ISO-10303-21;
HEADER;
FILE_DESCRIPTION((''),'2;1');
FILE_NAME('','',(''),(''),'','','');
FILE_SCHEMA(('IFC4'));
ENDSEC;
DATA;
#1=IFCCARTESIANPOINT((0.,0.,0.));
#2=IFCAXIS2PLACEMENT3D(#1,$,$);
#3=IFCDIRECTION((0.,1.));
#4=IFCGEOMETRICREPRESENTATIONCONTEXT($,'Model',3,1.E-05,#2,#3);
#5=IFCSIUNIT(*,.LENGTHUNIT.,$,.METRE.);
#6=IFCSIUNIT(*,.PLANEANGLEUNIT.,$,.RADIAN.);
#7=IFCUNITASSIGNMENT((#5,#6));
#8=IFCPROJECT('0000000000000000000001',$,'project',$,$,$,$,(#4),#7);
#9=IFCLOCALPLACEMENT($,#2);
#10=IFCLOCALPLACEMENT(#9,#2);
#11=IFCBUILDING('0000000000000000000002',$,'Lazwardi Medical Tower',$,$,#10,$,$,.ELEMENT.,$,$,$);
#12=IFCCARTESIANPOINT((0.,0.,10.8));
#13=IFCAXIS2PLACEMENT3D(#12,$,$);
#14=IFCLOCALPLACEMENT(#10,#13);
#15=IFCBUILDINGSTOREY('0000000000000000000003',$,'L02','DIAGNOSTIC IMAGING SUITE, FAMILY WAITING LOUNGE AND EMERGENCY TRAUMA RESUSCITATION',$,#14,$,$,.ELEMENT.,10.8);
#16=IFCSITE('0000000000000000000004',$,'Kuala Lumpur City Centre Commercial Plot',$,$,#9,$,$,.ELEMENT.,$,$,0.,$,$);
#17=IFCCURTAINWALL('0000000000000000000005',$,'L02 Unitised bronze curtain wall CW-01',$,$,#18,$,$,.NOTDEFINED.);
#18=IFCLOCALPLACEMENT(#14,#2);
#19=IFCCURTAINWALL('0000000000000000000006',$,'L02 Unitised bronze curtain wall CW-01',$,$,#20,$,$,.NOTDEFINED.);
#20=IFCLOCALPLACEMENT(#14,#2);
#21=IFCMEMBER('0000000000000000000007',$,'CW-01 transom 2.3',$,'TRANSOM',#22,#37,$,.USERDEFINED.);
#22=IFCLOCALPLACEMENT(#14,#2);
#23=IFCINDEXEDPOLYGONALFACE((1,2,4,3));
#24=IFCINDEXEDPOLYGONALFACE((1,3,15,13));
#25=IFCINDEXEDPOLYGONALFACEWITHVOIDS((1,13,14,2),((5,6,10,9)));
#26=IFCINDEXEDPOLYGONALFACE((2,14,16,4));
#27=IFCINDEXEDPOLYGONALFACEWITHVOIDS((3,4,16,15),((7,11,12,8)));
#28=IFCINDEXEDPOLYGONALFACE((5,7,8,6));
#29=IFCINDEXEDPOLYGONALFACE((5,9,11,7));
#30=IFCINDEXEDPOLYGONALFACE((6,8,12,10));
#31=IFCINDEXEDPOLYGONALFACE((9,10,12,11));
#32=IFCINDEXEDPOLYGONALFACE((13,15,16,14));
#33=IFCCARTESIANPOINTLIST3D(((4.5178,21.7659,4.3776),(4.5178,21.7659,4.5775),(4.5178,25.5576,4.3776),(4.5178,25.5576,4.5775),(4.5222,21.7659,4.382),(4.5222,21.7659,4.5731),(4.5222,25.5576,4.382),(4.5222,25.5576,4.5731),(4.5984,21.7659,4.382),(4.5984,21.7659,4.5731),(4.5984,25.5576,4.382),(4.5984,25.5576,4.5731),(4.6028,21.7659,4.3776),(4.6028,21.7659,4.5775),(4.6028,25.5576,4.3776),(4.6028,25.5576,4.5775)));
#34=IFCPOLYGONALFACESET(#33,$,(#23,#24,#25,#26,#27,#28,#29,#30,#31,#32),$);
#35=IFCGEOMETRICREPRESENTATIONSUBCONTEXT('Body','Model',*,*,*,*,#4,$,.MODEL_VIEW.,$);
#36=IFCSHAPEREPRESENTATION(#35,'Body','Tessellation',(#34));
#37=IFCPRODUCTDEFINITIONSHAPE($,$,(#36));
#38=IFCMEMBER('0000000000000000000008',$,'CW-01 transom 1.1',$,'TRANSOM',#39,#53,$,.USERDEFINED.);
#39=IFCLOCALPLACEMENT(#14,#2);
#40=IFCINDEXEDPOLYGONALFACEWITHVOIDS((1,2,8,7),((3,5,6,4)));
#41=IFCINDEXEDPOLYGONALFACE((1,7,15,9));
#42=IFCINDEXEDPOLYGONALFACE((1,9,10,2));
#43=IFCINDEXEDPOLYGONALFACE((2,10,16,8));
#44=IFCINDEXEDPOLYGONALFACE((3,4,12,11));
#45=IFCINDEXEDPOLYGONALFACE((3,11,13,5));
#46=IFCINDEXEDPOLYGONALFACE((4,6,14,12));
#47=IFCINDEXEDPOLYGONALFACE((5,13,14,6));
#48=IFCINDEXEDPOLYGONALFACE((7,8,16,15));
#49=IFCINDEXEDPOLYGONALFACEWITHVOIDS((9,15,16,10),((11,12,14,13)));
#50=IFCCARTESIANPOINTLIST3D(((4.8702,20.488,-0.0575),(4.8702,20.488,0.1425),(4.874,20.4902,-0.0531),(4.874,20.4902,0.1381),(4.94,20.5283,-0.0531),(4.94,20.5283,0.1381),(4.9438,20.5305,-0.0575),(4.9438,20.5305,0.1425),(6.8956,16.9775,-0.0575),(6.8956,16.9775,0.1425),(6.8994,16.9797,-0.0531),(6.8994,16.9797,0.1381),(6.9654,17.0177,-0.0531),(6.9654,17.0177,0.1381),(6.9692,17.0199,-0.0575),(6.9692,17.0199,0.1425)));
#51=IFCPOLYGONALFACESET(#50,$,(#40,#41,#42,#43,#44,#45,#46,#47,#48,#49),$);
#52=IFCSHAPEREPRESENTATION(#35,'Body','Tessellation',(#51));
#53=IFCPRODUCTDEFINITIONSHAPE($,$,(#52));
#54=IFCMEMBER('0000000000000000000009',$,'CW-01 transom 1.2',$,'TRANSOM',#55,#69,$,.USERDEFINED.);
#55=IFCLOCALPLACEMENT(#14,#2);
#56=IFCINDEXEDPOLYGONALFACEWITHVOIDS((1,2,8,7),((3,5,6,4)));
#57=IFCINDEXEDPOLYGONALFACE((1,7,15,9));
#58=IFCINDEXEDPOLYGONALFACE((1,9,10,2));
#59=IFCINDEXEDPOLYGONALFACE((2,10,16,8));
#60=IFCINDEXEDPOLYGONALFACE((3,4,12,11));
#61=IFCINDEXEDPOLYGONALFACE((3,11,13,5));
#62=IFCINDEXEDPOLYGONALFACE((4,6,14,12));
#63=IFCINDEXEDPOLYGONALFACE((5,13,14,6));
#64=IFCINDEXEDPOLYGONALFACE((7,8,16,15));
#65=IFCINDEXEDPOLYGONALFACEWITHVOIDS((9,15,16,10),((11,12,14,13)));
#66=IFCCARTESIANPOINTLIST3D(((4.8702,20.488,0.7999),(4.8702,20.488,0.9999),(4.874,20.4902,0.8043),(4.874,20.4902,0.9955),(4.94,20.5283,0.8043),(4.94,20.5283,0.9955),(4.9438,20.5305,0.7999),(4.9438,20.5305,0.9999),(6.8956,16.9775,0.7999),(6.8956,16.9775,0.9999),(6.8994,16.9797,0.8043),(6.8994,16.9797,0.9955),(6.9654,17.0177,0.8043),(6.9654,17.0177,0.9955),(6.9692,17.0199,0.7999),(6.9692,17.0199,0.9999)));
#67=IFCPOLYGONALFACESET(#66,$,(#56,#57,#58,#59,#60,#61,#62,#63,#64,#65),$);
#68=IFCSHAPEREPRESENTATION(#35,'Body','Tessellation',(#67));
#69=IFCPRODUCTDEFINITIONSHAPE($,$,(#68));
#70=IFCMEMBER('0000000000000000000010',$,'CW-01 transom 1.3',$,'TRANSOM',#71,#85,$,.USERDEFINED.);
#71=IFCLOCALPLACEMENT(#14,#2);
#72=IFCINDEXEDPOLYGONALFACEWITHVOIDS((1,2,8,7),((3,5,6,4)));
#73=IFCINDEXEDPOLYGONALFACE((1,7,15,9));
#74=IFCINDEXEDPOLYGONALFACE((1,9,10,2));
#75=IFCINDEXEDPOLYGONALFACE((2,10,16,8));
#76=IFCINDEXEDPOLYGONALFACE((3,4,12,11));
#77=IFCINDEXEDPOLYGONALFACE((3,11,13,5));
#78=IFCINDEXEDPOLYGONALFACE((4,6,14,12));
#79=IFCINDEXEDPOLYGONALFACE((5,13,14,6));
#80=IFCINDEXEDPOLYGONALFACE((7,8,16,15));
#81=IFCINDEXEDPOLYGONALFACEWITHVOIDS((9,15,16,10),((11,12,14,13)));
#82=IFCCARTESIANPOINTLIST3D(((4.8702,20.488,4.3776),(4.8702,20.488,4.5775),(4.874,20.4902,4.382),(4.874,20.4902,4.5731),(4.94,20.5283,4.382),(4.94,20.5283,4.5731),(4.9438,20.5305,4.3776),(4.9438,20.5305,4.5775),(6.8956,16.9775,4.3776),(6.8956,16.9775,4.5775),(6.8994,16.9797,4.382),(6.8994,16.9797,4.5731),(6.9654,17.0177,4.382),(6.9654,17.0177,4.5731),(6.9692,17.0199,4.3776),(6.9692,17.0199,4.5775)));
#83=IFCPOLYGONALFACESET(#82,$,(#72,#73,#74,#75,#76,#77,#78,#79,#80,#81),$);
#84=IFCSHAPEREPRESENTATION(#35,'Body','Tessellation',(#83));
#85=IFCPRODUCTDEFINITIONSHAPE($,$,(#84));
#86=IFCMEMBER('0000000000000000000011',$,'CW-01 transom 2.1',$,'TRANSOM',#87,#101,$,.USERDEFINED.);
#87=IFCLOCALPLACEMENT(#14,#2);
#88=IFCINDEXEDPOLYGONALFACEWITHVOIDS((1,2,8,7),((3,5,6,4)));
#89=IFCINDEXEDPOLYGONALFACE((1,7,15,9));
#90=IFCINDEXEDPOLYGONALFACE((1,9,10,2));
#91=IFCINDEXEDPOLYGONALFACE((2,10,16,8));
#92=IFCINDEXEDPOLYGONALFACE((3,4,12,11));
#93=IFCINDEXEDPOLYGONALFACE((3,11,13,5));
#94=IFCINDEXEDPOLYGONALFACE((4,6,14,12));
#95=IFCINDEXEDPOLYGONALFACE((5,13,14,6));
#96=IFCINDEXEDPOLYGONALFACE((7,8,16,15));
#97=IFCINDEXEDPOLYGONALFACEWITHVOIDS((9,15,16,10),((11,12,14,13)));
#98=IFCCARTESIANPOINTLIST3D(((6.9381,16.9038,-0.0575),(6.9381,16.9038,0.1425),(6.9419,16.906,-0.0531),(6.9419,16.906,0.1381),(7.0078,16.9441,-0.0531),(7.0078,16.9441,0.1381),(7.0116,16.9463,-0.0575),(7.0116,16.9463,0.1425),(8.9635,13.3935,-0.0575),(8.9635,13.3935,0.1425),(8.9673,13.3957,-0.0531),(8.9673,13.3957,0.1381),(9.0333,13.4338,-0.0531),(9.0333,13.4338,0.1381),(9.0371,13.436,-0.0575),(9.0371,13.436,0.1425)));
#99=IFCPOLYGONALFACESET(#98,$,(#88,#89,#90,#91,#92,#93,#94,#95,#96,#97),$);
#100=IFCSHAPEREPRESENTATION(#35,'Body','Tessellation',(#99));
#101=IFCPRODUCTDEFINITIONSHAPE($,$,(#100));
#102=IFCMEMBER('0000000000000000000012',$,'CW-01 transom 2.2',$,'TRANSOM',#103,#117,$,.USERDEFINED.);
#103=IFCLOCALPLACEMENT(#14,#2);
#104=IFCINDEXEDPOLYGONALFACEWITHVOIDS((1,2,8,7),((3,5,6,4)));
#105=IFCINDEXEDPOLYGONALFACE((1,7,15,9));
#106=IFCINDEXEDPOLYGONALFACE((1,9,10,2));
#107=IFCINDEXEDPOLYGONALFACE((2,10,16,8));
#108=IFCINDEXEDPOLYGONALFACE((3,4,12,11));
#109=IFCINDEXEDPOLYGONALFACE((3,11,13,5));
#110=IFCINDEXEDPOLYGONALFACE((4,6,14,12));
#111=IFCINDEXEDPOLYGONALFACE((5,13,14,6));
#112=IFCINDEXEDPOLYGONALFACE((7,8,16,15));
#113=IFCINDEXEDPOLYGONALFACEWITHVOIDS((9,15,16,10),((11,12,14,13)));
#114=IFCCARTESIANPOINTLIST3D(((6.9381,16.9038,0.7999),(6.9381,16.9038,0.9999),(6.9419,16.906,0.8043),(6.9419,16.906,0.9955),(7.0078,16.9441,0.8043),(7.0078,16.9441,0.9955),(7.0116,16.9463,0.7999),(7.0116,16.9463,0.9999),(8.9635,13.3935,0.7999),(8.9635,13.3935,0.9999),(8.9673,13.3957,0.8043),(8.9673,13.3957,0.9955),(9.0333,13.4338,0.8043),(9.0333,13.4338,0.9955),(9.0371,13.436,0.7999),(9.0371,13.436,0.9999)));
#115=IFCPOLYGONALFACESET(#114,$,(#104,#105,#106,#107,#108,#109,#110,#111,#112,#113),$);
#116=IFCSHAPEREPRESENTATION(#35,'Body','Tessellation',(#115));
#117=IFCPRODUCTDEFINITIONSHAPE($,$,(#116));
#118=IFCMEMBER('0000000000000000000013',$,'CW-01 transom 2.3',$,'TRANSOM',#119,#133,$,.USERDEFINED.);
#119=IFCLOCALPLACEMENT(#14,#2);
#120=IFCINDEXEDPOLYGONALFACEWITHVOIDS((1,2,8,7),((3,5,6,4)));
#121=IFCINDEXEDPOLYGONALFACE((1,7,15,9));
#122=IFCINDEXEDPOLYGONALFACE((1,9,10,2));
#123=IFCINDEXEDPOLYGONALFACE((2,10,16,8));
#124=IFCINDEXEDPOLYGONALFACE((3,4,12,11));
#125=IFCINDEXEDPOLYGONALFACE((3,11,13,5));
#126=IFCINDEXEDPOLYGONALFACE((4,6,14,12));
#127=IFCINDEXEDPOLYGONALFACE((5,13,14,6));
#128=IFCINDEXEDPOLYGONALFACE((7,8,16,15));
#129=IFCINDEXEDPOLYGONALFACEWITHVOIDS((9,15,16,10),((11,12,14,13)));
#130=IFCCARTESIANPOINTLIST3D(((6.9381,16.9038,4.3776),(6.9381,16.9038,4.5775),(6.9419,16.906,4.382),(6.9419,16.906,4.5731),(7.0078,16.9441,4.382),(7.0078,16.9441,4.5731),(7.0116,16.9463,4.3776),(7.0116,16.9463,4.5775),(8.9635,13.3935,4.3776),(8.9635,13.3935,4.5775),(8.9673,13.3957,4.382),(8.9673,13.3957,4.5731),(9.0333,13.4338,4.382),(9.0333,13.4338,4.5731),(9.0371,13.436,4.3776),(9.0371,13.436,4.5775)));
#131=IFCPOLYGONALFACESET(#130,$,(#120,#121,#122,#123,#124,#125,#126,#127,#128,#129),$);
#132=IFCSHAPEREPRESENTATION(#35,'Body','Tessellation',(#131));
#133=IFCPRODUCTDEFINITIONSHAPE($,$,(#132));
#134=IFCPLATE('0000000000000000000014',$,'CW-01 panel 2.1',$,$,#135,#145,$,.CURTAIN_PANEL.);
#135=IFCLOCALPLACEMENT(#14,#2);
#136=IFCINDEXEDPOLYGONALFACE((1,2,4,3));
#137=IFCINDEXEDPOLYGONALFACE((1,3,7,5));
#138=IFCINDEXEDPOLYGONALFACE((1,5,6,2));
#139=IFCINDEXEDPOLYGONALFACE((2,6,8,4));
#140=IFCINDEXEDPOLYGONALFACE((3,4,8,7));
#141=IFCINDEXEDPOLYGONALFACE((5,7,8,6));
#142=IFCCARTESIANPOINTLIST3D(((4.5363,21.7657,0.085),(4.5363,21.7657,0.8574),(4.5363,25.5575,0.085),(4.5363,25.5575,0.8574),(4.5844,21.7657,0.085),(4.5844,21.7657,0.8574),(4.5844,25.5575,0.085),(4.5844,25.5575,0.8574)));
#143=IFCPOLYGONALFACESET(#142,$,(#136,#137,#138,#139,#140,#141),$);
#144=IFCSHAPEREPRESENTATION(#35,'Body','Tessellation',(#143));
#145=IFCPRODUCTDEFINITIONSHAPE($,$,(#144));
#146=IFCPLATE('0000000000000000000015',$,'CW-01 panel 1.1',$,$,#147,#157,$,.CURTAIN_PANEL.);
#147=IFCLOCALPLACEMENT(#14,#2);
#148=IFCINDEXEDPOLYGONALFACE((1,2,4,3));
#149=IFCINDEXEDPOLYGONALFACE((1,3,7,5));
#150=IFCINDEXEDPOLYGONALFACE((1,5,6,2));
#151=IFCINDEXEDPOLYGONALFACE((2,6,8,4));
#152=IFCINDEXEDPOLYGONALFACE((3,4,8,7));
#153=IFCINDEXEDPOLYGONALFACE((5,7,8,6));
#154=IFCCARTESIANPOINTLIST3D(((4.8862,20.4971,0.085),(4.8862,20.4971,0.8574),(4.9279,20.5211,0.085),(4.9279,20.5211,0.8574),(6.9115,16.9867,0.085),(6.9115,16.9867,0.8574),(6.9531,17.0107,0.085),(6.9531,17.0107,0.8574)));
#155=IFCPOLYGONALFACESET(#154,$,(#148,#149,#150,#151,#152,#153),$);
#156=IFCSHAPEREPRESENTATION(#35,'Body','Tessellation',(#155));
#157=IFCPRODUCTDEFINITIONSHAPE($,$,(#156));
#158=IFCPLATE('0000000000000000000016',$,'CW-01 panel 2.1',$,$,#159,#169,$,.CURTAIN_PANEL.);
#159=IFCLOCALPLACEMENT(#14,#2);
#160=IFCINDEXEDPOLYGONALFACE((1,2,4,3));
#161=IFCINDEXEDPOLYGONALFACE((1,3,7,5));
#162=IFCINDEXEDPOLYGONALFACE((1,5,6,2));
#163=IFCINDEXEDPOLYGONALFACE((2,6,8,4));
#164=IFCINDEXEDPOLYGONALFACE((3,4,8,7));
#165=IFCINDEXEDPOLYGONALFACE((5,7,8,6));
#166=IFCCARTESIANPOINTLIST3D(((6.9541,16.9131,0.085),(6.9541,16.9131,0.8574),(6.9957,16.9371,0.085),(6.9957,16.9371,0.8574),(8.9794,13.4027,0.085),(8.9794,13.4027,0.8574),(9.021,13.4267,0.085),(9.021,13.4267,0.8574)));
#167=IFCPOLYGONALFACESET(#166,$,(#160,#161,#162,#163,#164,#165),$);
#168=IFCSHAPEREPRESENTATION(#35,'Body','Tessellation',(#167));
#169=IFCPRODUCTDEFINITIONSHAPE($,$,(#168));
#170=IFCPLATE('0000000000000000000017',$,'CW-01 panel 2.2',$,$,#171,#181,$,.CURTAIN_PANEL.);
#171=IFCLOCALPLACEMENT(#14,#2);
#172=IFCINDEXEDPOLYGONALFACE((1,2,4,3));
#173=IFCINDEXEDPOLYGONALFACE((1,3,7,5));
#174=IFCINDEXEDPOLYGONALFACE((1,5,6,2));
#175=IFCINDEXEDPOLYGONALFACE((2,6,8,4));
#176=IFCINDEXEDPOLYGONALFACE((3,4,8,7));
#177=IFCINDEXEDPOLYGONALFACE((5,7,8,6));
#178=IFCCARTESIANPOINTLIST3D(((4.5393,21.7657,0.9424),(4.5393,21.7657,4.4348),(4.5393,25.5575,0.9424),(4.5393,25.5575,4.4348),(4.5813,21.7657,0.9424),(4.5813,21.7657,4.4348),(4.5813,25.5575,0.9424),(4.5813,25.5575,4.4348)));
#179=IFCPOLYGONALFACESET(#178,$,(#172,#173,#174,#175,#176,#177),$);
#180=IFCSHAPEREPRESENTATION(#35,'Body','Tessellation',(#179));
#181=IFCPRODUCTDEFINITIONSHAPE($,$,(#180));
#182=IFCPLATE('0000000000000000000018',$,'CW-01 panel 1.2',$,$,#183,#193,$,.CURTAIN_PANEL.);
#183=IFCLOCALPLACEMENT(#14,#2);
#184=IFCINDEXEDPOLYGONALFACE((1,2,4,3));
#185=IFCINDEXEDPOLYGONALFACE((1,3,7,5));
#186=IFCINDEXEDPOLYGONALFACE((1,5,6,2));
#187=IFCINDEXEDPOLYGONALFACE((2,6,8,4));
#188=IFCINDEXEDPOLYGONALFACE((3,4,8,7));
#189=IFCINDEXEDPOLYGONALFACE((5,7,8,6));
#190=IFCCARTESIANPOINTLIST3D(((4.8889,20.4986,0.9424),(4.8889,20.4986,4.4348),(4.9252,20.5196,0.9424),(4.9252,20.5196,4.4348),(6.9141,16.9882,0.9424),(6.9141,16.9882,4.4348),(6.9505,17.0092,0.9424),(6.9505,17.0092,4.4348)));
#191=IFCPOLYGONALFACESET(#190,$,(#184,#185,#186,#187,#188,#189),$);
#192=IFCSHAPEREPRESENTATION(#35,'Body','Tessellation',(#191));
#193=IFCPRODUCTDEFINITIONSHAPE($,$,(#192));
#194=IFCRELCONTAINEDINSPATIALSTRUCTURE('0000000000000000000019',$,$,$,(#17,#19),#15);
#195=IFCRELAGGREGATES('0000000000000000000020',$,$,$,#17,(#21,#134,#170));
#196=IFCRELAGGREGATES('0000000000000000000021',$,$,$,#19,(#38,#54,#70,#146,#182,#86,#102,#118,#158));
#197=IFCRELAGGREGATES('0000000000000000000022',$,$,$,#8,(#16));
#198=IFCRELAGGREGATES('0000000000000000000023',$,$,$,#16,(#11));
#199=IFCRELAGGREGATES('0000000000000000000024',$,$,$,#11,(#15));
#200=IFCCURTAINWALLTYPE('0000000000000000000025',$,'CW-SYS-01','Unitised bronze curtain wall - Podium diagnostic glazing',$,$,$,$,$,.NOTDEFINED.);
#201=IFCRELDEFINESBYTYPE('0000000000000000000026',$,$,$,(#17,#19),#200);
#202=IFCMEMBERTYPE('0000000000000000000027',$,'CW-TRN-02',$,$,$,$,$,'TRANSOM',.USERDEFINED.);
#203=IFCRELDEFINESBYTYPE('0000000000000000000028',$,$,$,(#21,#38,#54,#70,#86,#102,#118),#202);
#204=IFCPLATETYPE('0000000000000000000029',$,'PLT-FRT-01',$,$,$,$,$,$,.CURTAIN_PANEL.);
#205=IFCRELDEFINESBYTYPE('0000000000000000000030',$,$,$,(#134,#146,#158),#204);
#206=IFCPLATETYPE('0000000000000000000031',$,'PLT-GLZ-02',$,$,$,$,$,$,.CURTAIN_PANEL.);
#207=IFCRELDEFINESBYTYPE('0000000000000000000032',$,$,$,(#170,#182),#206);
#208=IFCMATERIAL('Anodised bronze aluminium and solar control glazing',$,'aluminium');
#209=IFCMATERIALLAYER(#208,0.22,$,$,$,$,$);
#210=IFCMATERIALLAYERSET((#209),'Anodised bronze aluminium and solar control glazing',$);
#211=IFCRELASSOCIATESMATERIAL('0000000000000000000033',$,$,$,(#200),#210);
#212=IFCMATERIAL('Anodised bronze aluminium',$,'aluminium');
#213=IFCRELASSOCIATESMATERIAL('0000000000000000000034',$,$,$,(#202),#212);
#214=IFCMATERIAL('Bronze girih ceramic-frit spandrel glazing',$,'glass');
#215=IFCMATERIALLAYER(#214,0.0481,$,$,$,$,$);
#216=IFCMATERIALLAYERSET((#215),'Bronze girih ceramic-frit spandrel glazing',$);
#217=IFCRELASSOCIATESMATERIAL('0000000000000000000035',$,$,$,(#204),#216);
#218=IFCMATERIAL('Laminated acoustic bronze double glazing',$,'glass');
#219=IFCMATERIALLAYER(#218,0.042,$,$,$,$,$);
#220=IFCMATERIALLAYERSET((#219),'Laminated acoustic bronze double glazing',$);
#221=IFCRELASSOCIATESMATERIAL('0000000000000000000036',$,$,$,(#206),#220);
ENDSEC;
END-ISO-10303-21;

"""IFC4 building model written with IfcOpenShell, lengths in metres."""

from ifc_helpers import new_model, si_unit, direction, frame, origin, origin_2d, place, context, subcontext, project, spatial, rectangle, hollow_rectangle, extrude, material, layer, layer_set, material_profile, profile_set, type_object, element, aggregate, save


model = new_model("IFC4")

# Units and contexts
model_context = context("Model", 3, precision=1e-05, world=origin(), true_north=direction((0.0, 1.0)))
body_context = subcontext(model_context, "Body", "Model", "MODEL_VIEW")
ifc_project = project(units=[si_unit("LENGTHUNIT", "METRE"), si_unit("PLANEANGLEUNIT", "RADIAN")], contexts=[model_context])

# Site, building, storey
site_placement = place(None, origin())
site = spatial("IfcSite", under=ifc_project, at=site_placement, Name="Kuala Lumpur City Centre Commercial Plot", CompositionType="ELEMENT", RefElevation=0.0)
building_placement = place(site_placement, origin())
building = spatial("IfcBuilding", under=site, at=building_placement, Name="Lazwardi Medical Tower", CompositionType="ELEMENT")
storey_placement = place(building_placement, frame((0.0, 0.0, 10.8)))
storey = spatial("IfcBuildingStorey", under=building, at=storey_placement, Name="L02", Description="DIAGNOSTIC IMAGING SUITE, FAMILY WAITING LOUNGE AND EMERGENCY TRAUMA RESUSCITATION", CompositionType="ELEMENT", Elevation=10.8)

# Curtain walls
ifc_material_1 = material(Name="Anodised bronze aluminium and solar control glazing", Category="aluminium")
ifc_layer_1 = layer(ifc_material_1, 0.22)
ifc_layer_set_1 = layer_set([ifc_layer_1], Name="Anodised bronze aluminium and solar control glazing")
curtain_wall_type = type_object("IfcCurtainWallType", Name="CW-SYS-01", Description="Unitised bronze curtain wall - Podium diagnostic glazing", PredefinedType="NOTDEFINED", material=ifc_layer_set_1)
curtain_wall_1_placement = place(storey_placement, origin())
curtain_wall_1 = element("IfcCurtainWall", 1, at=curtain_wall_1_placement, inside=storey, type_object=curtain_wall_type, Name="L02 Unitised bronze curtain wall CW-01", PredefinedType="NOTDEFINED")
ifc_material_2 = material(Name="Anodised bronze aluminium", Category="aluminium")
curtain_wall_2_placement = place(storey_placement, origin())
curtain_wall_2 = element("IfcCurtainWall", 2, at=curtain_wall_2_placement, inside=storey, type_object=curtain_wall_type, Name="L02 Unitised bronze curtain wall CW-01", PredefinedType="NOTDEFINED")

# Members
ifc_material_profile_1 = material_profile(ifc_material_2, hollow_rectangle(XDim=0.085, YDim=0.2, WallThickness=0.0044, at=origin_2d()), Name="ALU-TRANSOM 200x85x4.5")
ifc_profile_set_1 = profile_set([ifc_material_profile_1], Name="Anodised bronze aluminium")
member_type_1 = type_object("IfcMemberType", Name="CW-TRN-02", ElementType="TRANSOM", PredefinedType="USERDEFINED", material=ifc_profile_set_1)
member_1_placement = place(storey_placement, frame((4.5603, 25.5576, 4.4775), z_axis=(0.0, -1.0, 0.0), x_axis=(1.0, 0.0, 0.0)))
member_1 = element("IfcMember", 3, at=member_1_placement, type_object=member_type_1, Name="CW-01 transom 2.3", ObjectType="TRANSOM", PredefinedType="USERDEFINED", context=body_context, shape_type="SweptSolid", body=[
    extrude(hollow_rectangle(XDim=0.085, YDim=0.2, WallThickness=0.0044, at=origin_2d()), origin(), (0.0, 0.0, 1.0), 3.7917),
])
member_2_placement = place(storey_placement, frame((4.907, 20.5093, 0.0425), z_axis=(0.499742, -0.866175, 0.0), x_axis=(0.866175, 0.499742, 0.0)))
member_2 = element("IfcMember", 4, at=member_2_placement, type_object=member_type_1, Name="CW-01 transom 1.1", ObjectType="TRANSOM", PredefinedType="USERDEFINED", context=body_context, shape_type="SweptSolid", body=[
    extrude(hollow_rectangle(XDim=0.085, YDim=0.2, WallThickness=0.0044, at=origin_2d()), origin(), (0.0, 0.0, 1.0), 4.053),
])
member_3_placement = place(storey_placement, frame((4.907, 20.5093, 0.8999), z_axis=(0.499742, -0.866175, 0.0), x_axis=(0.866175, 0.499742, 0.0)))
member_3 = element("IfcMember", 5, at=member_3_placement, type_object=member_type_1, Name="CW-01 transom 1.2", ObjectType="TRANSOM", PredefinedType="USERDEFINED", context=body_context, shape_type="SweptSolid", body=[
    extrude(hollow_rectangle(XDim=0.085, YDim=0.2, WallThickness=0.0044, at=origin_2d()), origin(), (0.0, 0.0, 1.0), 4.053),
])
member_4_placement = place(storey_placement, frame((4.907, 20.5093, 4.4775), z_axis=(0.499742, -0.866175, 0.0), x_axis=(0.866175, 0.499742, 0.0)))
member_4 = element("IfcMember", 6, at=member_4_placement, type_object=member_type_1, Name="CW-01 transom 1.3", ObjectType="TRANSOM", PredefinedType="USERDEFINED", context=body_context, shape_type="SweptSolid", body=[
    extrude(hollow_rectangle(XDim=0.085, YDim=0.2, WallThickness=0.0044, at=origin_2d()), origin(), (0.0, 0.0, 1.0), 4.053),
])
member_5_placement = place(storey_placement, frame((6.9749, 16.925, 0.0425), z_axis=(0.499768, -0.86616, 0.0), x_axis=(0.86616, 0.499768, 0.0)))
member_5 = element("IfcMember", 7, at=member_5_placement, type_object=member_type_1, Name="CW-01 transom 2.1", ObjectType="TRANSOM", PredefinedType="USERDEFINED", context=body_context, shape_type="SweptSolid", body=[
    extrude(hollow_rectangle(XDim=0.085, YDim=0.2, WallThickness=0.0044, at=origin_2d()), origin(), (0.0, 0.0, 1.0), 4.0527),
])
member_6_placement = place(storey_placement, frame((6.9749, 16.925, 0.8999), z_axis=(0.499768, -0.86616, 0.0), x_axis=(0.86616, 0.499768, 0.0)))
member_6 = element("IfcMember", 8, at=member_6_placement, type_object=member_type_1, Name="CW-01 transom 2.2", ObjectType="TRANSOM", PredefinedType="USERDEFINED", context=body_context, shape_type="SweptSolid", body=[
    extrude(hollow_rectangle(XDim=0.085, YDim=0.2, WallThickness=0.0044, at=origin_2d()), origin(), (0.0, 0.0, 1.0), 4.0527),
])
member_7_placement = place(storey_placement, frame((6.9749, 16.925, 4.4775), z_axis=(0.499768, -0.86616, 0.0), x_axis=(0.86616, 0.499768, 0.0)))
member_7 = element("IfcMember", 9, at=member_7_placement, type_object=member_type_1, Name="CW-01 transom 2.3", ObjectType="TRANSOM", PredefinedType="USERDEFINED", context=body_context, shape_type="SweptSolid", body=[
    extrude(hollow_rectangle(XDim=0.085, YDim=0.2, WallThickness=0.0044, at=origin_2d()), origin(), (0.0, 0.0, 1.0), 4.0527),
])

# Plates
ifc_material_3 = material(Name="Bronze girih ceramic-frit spandrel glazing", Category="glass")
ifc_layer_2 = layer(ifc_material_3, 0.0481)
ifc_layer_set_2 = layer_set([ifc_layer_2], Name="Bronze girih ceramic-frit spandrel glazing")
plate_type_1 = type_object("IfcPlateType", Name="PLT-FRT-01", PredefinedType="CURTAIN_PANEL", material=ifc_layer_set_2)
plate_1_placement = place(storey_placement, frame((4.5603, 23.6616, 0.085), z_axis=(0.0, 0.0, 1.0), x_axis=(0.0, -1.0, 0.0)))
plate_1 = element("IfcPlate", 10, at=plate_1_placement, type_object=plate_type_1, Name="CW-01 panel 2.1", PredefinedType="CURTAIN_PANEL", context=body_context, shape_type="SweptSolid", body=[
    extrude(rectangle(XDim=3.7917, YDim=0.0481, at=origin_2d()), origin(), (0.0, 0.0, 1.0), 0.7725),
])
plate_2_placement = place(storey_placement, frame((5.9197, 18.7539, 0.085), z_axis=(0.0, 0.0, 1.0), x_axis=(0.499731, -0.866181, 0.0)))
plate_2 = element("IfcPlate", 11, at=plate_2_placement, type_object=plate_type_1, Name="CW-01 panel 1.1", PredefinedType="CURTAIN_PANEL", context=body_context, shape_type="SweptSolid", body=[
    extrude(rectangle(XDim=4.0527, YDim=0.0481, at=origin_2d()), origin(), (0.0, 0.0, 1.0), 0.7725),
])
plate_3_placement = place(storey_placement, frame((7.9875, 15.1699, 0.085), z_axis=(0.0, 0.0, 1.0), x_axis=(0.499731, -0.866181, 0.0)))
plate_3 = element("IfcPlate", 12, at=plate_3_placement, type_object=plate_type_1, Name="CW-01 panel 2.1", PredefinedType="CURTAIN_PANEL", context=body_context, shape_type="SweptSolid", body=[
    extrude(rectangle(XDim=4.0527, YDim=0.0481, at=origin_2d()), origin(), (0.0, 0.0, 1.0), 0.7725),
])
ifc_material_4 = material(Name="Laminated acoustic bronze double glazing", Category="glass")
ifc_layer_3 = layer(ifc_material_4, 0.042)
ifc_layer_set_3 = layer_set([ifc_layer_3], Name="Laminated acoustic bronze double glazing")
plate_type_2 = type_object("IfcPlateType", Name="PLT-GLZ-02", PredefinedType="CURTAIN_PANEL", material=ifc_layer_set_3)
plate_4_placement = place(storey_placement, frame((4.5603, 23.6616, 0.9424), z_axis=(0.0, 0.0, 1.0), x_axis=(0.0, -1.0, 0.0)))
plate_4 = element("IfcPlate", 13, at=plate_4_placement, type_object=plate_type_2, Name="CW-01 panel 2.2", PredefinedType="CURTAIN_PANEL", context=body_context, shape_type="SweptSolid", body=[
    extrude(rectangle(XDim=3.7917, YDim=0.042, at=origin_2d()), origin(), (0.0, 0.0, 1.0), 3.4924),
])
aggregate(curtain_wall_1, [member_1, plate_1, plate_4])
plate_5_placement = place(storey_placement, frame((5.9197, 18.7539, 0.9424), z_axis=(0.0, 0.0, 1.0), x_axis=(0.499731, -0.866181, 0.0)))
plate_5 = element("IfcPlate", 14, at=plate_5_placement, type_object=plate_type_2, Name="CW-01 panel 1.2", PredefinedType="CURTAIN_PANEL", context=body_context, shape_type="SweptSolid", body=[
    extrude(rectangle(XDim=4.0527, YDim=0.042, at=origin_2d()), origin(), (0.0, 0.0, 1.0), 3.4924),
])
aggregate(curtain_wall_2, [member_2, member_3, member_4, plate_2, plate_5, member_5, member_6, member_7, plate_3])

save(model, "model.ifc")
